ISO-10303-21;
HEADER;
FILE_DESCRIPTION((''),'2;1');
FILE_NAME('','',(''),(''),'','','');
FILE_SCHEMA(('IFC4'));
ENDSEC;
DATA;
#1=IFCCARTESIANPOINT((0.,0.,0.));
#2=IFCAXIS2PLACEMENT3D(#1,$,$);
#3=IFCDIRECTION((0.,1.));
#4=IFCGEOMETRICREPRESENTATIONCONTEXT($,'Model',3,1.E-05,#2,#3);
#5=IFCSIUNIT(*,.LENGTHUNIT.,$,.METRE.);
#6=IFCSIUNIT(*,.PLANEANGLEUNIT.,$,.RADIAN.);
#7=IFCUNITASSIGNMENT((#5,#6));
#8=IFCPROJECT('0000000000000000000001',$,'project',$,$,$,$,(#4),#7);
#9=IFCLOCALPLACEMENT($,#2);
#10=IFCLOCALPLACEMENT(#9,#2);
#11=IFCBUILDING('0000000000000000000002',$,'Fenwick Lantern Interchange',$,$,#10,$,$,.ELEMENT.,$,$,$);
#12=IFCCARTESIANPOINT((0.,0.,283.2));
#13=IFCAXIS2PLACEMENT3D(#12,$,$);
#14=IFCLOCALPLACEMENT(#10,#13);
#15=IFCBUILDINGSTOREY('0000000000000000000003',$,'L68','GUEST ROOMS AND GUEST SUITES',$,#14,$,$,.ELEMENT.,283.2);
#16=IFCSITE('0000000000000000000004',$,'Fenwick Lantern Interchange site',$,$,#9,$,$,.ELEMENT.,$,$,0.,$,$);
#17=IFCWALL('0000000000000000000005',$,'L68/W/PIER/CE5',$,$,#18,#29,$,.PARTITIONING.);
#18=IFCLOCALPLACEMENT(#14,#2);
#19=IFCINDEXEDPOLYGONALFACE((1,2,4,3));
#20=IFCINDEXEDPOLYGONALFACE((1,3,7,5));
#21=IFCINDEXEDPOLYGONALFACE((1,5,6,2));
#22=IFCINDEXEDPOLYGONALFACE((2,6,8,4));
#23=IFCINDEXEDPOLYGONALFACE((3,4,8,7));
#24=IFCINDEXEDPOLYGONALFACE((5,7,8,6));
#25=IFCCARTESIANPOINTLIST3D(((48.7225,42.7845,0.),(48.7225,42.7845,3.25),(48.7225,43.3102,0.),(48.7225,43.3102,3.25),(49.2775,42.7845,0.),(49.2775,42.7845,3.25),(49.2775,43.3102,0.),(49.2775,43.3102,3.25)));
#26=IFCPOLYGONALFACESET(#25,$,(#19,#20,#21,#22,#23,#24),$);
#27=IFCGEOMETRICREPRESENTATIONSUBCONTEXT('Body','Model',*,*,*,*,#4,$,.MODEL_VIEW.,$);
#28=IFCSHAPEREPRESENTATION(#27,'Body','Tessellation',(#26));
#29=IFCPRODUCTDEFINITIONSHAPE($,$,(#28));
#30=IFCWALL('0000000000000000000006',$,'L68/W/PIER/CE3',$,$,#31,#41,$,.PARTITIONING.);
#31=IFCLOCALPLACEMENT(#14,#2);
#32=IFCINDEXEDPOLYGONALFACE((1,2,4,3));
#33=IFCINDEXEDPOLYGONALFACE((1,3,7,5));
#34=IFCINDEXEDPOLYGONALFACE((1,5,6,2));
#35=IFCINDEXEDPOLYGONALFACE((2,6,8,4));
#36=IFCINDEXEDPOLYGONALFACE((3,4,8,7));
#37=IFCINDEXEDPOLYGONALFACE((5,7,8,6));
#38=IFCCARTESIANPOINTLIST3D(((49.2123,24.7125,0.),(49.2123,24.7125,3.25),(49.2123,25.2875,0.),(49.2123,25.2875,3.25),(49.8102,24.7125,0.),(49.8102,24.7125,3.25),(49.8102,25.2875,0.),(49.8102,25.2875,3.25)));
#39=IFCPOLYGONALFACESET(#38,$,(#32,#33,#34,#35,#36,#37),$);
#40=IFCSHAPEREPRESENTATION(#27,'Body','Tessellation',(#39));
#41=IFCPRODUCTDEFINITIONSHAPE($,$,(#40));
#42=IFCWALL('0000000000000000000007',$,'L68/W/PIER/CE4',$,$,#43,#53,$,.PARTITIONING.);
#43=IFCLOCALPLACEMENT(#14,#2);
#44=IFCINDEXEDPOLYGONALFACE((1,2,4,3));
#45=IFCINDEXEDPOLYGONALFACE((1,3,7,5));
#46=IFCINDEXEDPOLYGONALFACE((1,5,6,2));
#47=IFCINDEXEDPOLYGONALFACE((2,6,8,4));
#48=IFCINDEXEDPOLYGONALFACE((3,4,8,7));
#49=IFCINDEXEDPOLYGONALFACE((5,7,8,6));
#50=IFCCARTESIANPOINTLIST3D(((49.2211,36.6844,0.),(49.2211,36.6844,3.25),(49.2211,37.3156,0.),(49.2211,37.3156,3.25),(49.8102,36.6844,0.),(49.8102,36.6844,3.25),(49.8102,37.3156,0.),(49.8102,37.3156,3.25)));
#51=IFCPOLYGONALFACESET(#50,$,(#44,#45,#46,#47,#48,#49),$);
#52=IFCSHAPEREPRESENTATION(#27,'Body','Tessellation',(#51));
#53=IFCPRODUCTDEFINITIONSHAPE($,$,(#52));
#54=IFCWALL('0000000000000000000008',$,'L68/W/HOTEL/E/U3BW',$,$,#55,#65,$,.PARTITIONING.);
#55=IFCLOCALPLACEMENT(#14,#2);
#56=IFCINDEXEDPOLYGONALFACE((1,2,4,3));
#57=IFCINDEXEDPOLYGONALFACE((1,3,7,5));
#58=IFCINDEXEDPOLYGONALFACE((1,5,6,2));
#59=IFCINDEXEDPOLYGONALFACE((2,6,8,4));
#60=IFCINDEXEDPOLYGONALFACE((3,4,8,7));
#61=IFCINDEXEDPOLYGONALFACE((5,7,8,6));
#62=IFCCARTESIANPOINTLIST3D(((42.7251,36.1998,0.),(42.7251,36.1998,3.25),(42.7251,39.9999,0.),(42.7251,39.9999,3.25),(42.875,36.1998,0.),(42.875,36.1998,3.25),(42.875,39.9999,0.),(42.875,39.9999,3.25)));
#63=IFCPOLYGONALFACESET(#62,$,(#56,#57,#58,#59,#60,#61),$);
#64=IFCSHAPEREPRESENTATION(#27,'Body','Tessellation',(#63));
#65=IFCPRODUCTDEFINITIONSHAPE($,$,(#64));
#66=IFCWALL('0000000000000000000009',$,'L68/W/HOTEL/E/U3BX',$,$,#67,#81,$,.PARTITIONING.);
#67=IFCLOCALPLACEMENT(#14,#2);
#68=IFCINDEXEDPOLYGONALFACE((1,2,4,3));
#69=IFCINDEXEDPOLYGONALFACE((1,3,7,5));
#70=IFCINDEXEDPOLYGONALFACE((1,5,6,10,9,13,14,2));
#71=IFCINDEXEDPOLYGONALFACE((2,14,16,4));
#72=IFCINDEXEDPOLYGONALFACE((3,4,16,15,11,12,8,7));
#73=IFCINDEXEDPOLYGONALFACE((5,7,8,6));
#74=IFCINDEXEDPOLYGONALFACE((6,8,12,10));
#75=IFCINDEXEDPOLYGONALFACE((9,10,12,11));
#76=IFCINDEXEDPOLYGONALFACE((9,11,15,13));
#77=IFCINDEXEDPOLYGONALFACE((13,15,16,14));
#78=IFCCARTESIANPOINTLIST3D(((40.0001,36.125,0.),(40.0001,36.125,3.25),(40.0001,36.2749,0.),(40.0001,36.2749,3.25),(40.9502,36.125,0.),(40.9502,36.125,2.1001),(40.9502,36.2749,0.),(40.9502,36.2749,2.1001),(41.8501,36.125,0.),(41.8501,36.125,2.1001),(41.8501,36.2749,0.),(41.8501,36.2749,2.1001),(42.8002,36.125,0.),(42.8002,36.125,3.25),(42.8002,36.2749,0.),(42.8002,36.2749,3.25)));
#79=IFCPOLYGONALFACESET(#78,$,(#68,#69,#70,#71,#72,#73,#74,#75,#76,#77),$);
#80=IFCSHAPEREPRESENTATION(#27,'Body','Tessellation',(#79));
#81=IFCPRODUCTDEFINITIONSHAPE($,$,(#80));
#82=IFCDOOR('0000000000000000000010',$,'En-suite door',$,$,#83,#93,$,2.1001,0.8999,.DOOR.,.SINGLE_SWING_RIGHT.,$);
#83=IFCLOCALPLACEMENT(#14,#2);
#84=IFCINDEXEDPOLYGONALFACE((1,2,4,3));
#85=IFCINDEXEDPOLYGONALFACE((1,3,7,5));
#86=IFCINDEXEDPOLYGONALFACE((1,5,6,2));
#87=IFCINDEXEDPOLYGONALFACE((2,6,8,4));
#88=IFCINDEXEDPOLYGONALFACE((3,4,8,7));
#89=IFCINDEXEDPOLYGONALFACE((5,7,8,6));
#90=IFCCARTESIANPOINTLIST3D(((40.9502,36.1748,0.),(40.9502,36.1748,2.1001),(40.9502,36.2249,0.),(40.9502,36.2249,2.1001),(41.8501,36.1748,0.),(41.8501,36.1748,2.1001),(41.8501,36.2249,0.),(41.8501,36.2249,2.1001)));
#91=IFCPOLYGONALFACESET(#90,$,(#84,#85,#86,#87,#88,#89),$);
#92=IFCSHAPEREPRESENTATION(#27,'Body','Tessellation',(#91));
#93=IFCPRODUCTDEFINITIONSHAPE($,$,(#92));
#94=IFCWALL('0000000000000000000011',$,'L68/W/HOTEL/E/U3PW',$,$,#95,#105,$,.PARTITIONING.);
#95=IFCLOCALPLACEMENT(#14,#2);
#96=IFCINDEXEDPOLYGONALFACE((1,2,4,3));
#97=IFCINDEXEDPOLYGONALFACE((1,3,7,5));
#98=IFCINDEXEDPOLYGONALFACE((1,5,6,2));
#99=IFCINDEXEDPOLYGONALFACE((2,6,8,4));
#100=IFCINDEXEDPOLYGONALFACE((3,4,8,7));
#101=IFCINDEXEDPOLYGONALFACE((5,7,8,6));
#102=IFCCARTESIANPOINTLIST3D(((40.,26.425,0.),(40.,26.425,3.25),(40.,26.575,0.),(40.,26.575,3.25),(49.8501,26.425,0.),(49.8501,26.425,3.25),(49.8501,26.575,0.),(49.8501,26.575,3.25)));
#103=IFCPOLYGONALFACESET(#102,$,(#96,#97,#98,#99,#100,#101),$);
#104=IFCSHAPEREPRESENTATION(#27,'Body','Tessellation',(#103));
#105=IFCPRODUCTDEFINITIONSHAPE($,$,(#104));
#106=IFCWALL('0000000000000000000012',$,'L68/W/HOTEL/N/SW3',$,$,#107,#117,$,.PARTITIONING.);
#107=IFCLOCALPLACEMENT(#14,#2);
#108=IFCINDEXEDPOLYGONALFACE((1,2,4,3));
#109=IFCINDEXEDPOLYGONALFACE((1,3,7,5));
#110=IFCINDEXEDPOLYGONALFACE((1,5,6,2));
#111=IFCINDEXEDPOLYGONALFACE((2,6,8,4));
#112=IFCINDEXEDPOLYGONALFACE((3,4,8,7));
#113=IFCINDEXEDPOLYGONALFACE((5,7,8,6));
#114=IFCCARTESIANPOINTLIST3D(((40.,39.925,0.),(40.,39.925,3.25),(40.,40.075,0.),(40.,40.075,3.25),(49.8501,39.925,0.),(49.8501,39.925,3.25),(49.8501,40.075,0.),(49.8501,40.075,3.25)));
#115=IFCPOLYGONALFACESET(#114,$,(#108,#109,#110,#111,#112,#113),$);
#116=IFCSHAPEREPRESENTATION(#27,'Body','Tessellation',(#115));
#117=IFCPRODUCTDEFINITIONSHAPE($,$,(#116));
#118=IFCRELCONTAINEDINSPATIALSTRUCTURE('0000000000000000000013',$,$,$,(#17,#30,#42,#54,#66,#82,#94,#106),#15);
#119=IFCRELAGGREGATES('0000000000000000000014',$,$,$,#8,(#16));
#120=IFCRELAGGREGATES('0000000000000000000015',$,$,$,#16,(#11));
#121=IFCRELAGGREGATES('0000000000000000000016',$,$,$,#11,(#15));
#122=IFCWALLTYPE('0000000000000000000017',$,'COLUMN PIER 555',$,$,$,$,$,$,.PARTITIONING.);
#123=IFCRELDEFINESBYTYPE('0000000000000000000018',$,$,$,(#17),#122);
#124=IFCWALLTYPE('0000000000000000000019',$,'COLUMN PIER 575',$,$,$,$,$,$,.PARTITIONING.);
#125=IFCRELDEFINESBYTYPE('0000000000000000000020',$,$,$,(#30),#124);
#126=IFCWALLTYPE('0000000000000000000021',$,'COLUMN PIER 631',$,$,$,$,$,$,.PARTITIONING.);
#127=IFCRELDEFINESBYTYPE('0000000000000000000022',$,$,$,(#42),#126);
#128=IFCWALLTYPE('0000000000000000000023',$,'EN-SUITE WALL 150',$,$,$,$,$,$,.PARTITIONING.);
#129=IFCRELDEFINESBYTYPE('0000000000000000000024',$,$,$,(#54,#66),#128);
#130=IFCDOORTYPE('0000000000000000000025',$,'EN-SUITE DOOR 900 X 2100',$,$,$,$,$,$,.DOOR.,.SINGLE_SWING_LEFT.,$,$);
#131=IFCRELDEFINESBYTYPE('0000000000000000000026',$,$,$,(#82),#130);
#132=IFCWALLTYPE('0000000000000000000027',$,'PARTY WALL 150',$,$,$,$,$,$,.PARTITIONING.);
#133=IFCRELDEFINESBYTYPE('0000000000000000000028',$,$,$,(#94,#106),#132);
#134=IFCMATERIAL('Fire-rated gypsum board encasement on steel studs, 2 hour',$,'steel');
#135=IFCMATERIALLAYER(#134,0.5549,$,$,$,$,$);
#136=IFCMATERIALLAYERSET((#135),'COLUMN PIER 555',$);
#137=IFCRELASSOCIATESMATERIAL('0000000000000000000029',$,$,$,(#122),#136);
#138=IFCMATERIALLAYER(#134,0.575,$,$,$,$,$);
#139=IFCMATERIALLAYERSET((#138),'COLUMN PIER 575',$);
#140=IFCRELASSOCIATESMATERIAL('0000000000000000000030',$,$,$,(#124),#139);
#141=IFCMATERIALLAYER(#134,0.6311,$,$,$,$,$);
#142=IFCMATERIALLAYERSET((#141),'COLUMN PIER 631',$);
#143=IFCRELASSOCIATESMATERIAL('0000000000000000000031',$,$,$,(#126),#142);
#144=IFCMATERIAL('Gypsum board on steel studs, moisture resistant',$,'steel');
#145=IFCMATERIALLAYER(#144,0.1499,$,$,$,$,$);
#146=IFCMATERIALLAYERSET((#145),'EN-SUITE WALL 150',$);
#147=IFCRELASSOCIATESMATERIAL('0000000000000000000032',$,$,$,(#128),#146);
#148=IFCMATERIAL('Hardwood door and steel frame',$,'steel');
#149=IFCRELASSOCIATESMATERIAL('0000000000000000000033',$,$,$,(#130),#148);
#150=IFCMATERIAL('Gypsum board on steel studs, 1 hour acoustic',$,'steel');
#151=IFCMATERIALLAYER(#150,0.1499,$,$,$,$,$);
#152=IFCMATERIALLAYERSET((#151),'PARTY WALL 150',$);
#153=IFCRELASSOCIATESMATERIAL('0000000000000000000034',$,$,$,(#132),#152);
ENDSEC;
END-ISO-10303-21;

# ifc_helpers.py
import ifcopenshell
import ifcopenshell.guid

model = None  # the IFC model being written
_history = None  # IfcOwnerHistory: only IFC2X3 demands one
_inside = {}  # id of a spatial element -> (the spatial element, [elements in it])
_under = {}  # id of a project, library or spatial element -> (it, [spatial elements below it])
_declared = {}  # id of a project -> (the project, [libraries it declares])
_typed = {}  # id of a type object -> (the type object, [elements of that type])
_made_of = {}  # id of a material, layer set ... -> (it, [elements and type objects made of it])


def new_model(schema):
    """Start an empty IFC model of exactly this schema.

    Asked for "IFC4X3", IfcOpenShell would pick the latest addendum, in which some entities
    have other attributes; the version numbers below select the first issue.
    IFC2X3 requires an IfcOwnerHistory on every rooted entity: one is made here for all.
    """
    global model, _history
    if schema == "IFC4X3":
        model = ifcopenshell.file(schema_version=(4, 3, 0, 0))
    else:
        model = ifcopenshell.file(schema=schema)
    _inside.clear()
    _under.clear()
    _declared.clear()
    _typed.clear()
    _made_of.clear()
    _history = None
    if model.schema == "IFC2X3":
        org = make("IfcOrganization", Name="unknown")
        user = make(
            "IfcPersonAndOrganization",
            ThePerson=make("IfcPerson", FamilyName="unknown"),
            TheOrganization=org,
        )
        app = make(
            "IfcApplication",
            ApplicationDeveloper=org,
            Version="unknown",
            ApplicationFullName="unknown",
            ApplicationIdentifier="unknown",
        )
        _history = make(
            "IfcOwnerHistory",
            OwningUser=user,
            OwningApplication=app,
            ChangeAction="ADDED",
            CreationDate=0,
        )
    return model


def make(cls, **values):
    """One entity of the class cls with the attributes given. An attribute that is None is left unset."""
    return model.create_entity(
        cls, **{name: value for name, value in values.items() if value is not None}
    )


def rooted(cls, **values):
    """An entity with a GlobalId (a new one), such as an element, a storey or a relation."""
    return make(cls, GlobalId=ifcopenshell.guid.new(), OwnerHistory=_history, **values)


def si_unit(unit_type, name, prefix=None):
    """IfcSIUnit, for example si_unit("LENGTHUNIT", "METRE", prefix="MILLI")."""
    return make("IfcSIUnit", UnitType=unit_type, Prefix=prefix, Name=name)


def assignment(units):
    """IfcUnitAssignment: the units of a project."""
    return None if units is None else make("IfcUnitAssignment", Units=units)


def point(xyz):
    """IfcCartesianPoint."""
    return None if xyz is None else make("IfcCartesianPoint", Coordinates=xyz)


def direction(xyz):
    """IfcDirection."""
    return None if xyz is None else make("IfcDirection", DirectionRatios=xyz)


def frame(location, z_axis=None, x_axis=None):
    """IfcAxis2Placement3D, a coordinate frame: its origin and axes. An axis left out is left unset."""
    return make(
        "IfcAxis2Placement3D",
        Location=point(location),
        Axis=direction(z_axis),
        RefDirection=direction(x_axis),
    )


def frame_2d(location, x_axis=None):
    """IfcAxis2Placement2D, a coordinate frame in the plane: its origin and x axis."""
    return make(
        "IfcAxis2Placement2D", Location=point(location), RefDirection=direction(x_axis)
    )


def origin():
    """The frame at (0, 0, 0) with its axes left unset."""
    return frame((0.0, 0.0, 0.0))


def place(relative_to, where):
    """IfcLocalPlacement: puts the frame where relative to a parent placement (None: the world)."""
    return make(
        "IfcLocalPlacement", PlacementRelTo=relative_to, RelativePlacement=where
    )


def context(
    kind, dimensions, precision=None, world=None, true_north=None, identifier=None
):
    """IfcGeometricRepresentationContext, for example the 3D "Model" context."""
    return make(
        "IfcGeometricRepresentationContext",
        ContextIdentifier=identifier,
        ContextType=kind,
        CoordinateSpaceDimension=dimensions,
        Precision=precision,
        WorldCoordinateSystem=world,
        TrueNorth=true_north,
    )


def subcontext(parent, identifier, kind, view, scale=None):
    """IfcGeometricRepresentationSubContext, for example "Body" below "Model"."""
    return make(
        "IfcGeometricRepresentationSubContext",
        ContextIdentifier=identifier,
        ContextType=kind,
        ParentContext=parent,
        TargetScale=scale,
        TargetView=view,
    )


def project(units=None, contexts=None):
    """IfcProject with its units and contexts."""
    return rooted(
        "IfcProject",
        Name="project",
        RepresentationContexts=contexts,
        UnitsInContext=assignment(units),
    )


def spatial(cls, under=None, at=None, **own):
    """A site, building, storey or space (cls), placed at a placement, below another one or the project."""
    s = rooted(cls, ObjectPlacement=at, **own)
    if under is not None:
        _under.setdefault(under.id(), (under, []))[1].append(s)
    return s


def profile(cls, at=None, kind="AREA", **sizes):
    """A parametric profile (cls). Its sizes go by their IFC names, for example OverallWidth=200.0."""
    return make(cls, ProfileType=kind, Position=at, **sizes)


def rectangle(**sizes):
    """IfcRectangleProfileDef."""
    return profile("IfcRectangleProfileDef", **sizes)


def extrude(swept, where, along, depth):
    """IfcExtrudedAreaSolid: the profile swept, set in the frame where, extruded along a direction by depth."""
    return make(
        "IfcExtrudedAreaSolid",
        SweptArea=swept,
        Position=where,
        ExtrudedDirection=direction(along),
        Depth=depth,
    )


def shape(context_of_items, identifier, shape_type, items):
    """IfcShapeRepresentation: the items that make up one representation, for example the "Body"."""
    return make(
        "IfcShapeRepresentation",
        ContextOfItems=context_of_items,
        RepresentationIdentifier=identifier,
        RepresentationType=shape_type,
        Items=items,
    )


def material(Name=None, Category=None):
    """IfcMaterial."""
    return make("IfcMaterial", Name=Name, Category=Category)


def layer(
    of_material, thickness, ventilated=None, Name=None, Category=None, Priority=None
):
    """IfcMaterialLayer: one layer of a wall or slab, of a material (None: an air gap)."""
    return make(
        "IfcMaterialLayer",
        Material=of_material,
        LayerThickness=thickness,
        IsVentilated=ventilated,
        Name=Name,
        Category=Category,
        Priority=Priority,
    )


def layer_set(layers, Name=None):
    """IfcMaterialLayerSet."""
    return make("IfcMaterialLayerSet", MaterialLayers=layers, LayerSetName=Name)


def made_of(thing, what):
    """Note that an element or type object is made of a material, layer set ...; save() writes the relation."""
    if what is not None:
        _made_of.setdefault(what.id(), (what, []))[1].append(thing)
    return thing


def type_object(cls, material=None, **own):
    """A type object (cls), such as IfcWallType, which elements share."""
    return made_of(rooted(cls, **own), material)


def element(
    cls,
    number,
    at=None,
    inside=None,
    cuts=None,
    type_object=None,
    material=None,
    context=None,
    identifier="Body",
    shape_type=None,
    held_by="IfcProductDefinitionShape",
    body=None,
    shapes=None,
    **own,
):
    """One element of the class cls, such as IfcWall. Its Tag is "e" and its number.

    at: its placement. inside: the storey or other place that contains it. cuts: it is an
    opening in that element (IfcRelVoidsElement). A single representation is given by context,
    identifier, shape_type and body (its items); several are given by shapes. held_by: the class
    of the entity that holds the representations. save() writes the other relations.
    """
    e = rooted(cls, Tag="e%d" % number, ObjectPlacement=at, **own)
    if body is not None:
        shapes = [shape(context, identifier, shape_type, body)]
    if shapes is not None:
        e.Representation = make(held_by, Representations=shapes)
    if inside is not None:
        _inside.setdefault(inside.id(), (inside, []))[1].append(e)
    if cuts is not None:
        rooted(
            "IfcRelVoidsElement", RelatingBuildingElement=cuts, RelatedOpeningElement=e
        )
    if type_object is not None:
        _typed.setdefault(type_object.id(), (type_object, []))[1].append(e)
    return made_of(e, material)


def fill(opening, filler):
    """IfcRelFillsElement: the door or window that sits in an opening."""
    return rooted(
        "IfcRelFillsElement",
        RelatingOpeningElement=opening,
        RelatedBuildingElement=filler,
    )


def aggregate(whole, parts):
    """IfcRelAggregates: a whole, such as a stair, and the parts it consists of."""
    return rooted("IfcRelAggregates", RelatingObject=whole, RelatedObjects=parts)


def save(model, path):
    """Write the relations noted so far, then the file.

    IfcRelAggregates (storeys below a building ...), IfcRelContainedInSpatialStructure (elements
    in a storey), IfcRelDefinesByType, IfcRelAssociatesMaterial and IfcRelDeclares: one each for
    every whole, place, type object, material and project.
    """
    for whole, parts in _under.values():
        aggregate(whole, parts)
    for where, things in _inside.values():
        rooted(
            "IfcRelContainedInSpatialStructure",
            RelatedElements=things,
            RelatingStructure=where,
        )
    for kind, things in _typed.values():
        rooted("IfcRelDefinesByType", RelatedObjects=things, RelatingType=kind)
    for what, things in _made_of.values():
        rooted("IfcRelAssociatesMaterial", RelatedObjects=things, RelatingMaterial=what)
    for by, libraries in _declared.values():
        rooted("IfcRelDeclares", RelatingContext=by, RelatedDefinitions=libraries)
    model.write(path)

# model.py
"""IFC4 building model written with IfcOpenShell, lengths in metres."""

from ifc_helpers import new_model, si_unit, direction, frame, frame_2d, origin, place, context, subcontext, project, spatial, rectangle, extrude, material, layer, layer_set, type_object, element, fill, save


model = new_model("IFC4")

# Units and contexts
model_context = context("Model", 3, precision=1e-05, world=origin(), true_north=direction((0.0, 1.0)))
body_context = subcontext(model_context, "Body", "Model", "MODEL_VIEW")
ifc_project = project(units=[si_unit("LENGTHUNIT", "METRE"), si_unit("PLANEANGLEUNIT", "RADIAN")], contexts=[model_context])

# Site, building, storey
site_placement = place(None, origin())
site = spatial("IfcSite", under=ifc_project, at=site_placement, Name="Fenwick Lantern Interchange site", CompositionType="ELEMENT", RefElevation=0.0)
building_placement = place(site_placement, origin())
building = spatial("IfcBuilding", under=site, at=building_placement, Name="Fenwick Lantern Interchange", CompositionType="ELEMENT")
storey_placement = place(building_placement, frame((0.0, 0.0, 283.2)))
storey = spatial("IfcBuildingStorey", under=building, at=storey_placement, Name="L68", Description="GUEST ROOMS AND GUEST SUITES", CompositionType="ELEMENT", Elevation=283.2)

# Walls
ifc_material_1 = material(Name="Fire-rated gypsum board encasement on steel studs, 2 hour", Category="steel")
ifc_layer_1 = layer(ifc_material_1, 0.5549)
ifc_layer_set_1 = layer_set([ifc_layer_1], Name="COLUMN PIER 555")
wall_type_1 = type_object("IfcWallType", Name="COLUMN PIER 555", PredefinedType="PARTITIONING", material=ifc_layer_set_1)
wall_1_placement = place(storey_placement, frame((49.0, 43.3101, 0.0), z_axis=(0.0, 0.0, 1.0), x_axis=(0.0, -1.0, 0.0)))
element("IfcWall", 1, at=wall_1_placement, inside=storey, type_object=wall_type_1, Name="L68/W/PIER/CE5", PredefinedType="PARTITIONING", context=body_context, shape_type="SweptSolid", body=[
    extrude(rectangle(XDim=0.5256, YDim=0.5549, at=frame_2d((0.2627, 0.0))), origin(), (0.0, 0.0, 1.0), 3.25),
])
ifc_layer_2 = layer(ifc_material_1, 0.575)
ifc_layer_set_2 = layer_set([ifc_layer_2], Name="COLUMN PIER 575")
wall_type_2 = type_object("IfcWallType", Name="COLUMN PIER 575", PredefinedType="PARTITIONING", material=ifc_layer_set_2)
wall_2_placement = place(storey_placement, frame((49.8101, 25.0, 0.0), z_axis=(0.0, 0.0, 1.0), x_axis=(-1.0, 0.0, 0.0)))
element("IfcWall", 2, at=wall_2_placement, inside=storey, type_object=wall_type_2, Name="L68/W/PIER/CE3", PredefinedType="PARTITIONING", context=body_context, shape_type="SweptSolid", body=[
    extrude(rectangle(XDim=0.5979, YDim=0.575, at=frame_2d((0.2988, 0.0))), origin(), (0.0, 0.0, 1.0), 3.25),
])
ifc_layer_3 = layer(ifc_material_1, 0.6311)
ifc_layer_set_3 = layer_set([ifc_layer_3], Name="COLUMN PIER 631")
wall_type_3 = type_object("IfcWallType", Name="COLUMN PIER 631", PredefinedType="PARTITIONING", material=ifc_layer_set_3)
wall_3_placement = place(storey_placement, frame((49.8101, 37.0, 0.0), z_axis=(0.0, 0.0, 1.0), x_axis=(-1.0, 0.0, 0.0)))
element("IfcWall", 3, at=wall_3_placement, inside=storey, type_object=wall_type_3, Name="L68/W/PIER/CE4", PredefinedType="PARTITIONING", context=body_context, shape_type="SweptSolid", body=[
    extrude(rectangle(XDim=0.5891, YDim=0.6311, at=frame_2d((0.2944, 0.0))), origin(), (0.0, 0.0, 1.0), 3.25),
])
ifc_material_2 = material(Name="Gypsum board on steel studs, moisture resistant", Category="steel")
ifc_layer_4 = layer(ifc_material_2, 0.1499)
ifc_layer_set_4 = layer_set([ifc_layer_4], Name="EN-SUITE WALL 150")
wall_type_4 = type_object("IfcWallType", Name="EN-SUITE WALL 150", PredefinedType="PARTITIONING", material=ifc_layer_set_4)
wall_4_placement = place(storey_placement, frame((42.8, 36.2, 0.0), z_axis=(0.0, 0.0, 1.0), x_axis=(0.0, 1.0, 0.0)))
element("IfcWall", 4, at=wall_4_placement, inside=storey, type_object=wall_type_4, Name="L68/W/HOTEL/E/U3BW", PredefinedType="PARTITIONING", context=body_context, shape_type="SweptSolid", body=[
    extrude(rectangle(XDim=3.8, YDim=0.1499, at=frame_2d((1.8999, 0.0))), origin(), (0.0, 0.0, 1.0), 3.25),
])

# Wall, opening, door
wall_5_placement = place(storey_placement, frame((42.8, 36.2, 0.0), z_axis=(0.0, 0.0, 1.0), x_axis=(-1.0, 0.0, 0.0)))
wall_5 = element("IfcWall", 5, at=wall_5_placement, inside=storey, type_object=wall_type_4, Name="L68/W/HOTEL/E/U3BX", PredefinedType="PARTITIONING", context=body_context, shape_type="SweptSolid", body=[
    extrude(rectangle(XDim=2.8, YDim=0.1499, at=frame_2d((1.3999, 0.0))), origin(), (0.0, 0.0, 1.0), 3.25),
])
opening_placement = place(wall_5_placement, frame((0.95, 0.0, 0.0)))
opening = element("IfcOpeningElement", 6, at=opening_placement, cuts=wall_5, PredefinedType="OPENING", context=body_context, shape_type="SweptSolid", body=[
    extrude(rectangle(XDim=0.8999, YDim=2.1001, at=frame_2d((0.45, 1.05))), frame((0.0, 0.085, 0.0), z_axis=(0.0, -1.0, 0.0), x_axis=(1.0, 0.0, 0.0)), (0.0, 0.0, 1.0), 0.1699),
])
ifc_material_3 = material(Name="Hardwood door and steel frame", Category="steel")
door_type = type_object("IfcDoorType", Name="EN-SUITE DOOR 900 X 2100", OperationType="SINGLE_SWING_LEFT", PredefinedType="DOOR", material=ifc_material_3)
door_placement = place(opening_placement, frame((0.8999, 0.0, 0.0), z_axis=(0.0, 0.0, 1.0), x_axis=(-1.0, 0.0, 0.0)))
door = element("IfcDoor", 7, at=door_placement, inside=storey, type_object=door_type, Name="En-suite door", OperationType="SINGLE_SWING_RIGHT", OverallHeight=2.1001, OverallWidth=0.8999, PredefinedType="DOOR", context=body_context, shape_type="SweptSolid", body=[
    extrude(rectangle(XDim=0.8999, YDim=2.1001, at=frame_2d((0.45, 1.05))), frame((0.0, 0.0249, 0.0), z_axis=(0.0, -1.0, 0.0), x_axis=(1.0, 0.0, 0.0)), (0.0, 0.0, 1.0), 0.05),
])
fill(opening, door)

# Walls
ifc_material_4 = material(Name="Gypsum board on steel studs, 1 hour acoustic", Category="steel")
ifc_layer_5 = layer(ifc_material_4, 0.1499)
ifc_layer_set_5 = layer_set([ifc_layer_5], Name="PARTY WALL 150")
wall_type_5 = type_object("IfcWallType", Name="PARTY WALL 150", PredefinedType="PARTITIONING", material=ifc_layer_set_5)
for number, where, z_axis, x_axis, name in (
    (8, (49.8501, 26.5, 0.0), (0.0, 0.0, 1.0), (-1.0, 0.0, 0.0), "L68/W/HOTEL/E/U3PW"),
    (9, (49.8501, 40.0, 0.0), (0.0, 0.0, 1.0), (-1.0, 0.0, 0.0), "L68/W/HOTEL/N/SW3"),
):
    element("IfcWall", number, at=place(storey_placement, frame(where, z_axis=z_axis, x_axis=x_axis)), inside=storey, type_object=wall_type_5, Name=name, PredefinedType="PARTITIONING", context=body_context, shape_type="SweptSolid", body=[
        extrude(rectangle(XDim=9.8501, YDim=0.1499, at=frame_2d((4.925, 0.0))), origin(), (0.0, 0.0, 1.0), 3.25),
    ])

save(model, "model.ifc")
